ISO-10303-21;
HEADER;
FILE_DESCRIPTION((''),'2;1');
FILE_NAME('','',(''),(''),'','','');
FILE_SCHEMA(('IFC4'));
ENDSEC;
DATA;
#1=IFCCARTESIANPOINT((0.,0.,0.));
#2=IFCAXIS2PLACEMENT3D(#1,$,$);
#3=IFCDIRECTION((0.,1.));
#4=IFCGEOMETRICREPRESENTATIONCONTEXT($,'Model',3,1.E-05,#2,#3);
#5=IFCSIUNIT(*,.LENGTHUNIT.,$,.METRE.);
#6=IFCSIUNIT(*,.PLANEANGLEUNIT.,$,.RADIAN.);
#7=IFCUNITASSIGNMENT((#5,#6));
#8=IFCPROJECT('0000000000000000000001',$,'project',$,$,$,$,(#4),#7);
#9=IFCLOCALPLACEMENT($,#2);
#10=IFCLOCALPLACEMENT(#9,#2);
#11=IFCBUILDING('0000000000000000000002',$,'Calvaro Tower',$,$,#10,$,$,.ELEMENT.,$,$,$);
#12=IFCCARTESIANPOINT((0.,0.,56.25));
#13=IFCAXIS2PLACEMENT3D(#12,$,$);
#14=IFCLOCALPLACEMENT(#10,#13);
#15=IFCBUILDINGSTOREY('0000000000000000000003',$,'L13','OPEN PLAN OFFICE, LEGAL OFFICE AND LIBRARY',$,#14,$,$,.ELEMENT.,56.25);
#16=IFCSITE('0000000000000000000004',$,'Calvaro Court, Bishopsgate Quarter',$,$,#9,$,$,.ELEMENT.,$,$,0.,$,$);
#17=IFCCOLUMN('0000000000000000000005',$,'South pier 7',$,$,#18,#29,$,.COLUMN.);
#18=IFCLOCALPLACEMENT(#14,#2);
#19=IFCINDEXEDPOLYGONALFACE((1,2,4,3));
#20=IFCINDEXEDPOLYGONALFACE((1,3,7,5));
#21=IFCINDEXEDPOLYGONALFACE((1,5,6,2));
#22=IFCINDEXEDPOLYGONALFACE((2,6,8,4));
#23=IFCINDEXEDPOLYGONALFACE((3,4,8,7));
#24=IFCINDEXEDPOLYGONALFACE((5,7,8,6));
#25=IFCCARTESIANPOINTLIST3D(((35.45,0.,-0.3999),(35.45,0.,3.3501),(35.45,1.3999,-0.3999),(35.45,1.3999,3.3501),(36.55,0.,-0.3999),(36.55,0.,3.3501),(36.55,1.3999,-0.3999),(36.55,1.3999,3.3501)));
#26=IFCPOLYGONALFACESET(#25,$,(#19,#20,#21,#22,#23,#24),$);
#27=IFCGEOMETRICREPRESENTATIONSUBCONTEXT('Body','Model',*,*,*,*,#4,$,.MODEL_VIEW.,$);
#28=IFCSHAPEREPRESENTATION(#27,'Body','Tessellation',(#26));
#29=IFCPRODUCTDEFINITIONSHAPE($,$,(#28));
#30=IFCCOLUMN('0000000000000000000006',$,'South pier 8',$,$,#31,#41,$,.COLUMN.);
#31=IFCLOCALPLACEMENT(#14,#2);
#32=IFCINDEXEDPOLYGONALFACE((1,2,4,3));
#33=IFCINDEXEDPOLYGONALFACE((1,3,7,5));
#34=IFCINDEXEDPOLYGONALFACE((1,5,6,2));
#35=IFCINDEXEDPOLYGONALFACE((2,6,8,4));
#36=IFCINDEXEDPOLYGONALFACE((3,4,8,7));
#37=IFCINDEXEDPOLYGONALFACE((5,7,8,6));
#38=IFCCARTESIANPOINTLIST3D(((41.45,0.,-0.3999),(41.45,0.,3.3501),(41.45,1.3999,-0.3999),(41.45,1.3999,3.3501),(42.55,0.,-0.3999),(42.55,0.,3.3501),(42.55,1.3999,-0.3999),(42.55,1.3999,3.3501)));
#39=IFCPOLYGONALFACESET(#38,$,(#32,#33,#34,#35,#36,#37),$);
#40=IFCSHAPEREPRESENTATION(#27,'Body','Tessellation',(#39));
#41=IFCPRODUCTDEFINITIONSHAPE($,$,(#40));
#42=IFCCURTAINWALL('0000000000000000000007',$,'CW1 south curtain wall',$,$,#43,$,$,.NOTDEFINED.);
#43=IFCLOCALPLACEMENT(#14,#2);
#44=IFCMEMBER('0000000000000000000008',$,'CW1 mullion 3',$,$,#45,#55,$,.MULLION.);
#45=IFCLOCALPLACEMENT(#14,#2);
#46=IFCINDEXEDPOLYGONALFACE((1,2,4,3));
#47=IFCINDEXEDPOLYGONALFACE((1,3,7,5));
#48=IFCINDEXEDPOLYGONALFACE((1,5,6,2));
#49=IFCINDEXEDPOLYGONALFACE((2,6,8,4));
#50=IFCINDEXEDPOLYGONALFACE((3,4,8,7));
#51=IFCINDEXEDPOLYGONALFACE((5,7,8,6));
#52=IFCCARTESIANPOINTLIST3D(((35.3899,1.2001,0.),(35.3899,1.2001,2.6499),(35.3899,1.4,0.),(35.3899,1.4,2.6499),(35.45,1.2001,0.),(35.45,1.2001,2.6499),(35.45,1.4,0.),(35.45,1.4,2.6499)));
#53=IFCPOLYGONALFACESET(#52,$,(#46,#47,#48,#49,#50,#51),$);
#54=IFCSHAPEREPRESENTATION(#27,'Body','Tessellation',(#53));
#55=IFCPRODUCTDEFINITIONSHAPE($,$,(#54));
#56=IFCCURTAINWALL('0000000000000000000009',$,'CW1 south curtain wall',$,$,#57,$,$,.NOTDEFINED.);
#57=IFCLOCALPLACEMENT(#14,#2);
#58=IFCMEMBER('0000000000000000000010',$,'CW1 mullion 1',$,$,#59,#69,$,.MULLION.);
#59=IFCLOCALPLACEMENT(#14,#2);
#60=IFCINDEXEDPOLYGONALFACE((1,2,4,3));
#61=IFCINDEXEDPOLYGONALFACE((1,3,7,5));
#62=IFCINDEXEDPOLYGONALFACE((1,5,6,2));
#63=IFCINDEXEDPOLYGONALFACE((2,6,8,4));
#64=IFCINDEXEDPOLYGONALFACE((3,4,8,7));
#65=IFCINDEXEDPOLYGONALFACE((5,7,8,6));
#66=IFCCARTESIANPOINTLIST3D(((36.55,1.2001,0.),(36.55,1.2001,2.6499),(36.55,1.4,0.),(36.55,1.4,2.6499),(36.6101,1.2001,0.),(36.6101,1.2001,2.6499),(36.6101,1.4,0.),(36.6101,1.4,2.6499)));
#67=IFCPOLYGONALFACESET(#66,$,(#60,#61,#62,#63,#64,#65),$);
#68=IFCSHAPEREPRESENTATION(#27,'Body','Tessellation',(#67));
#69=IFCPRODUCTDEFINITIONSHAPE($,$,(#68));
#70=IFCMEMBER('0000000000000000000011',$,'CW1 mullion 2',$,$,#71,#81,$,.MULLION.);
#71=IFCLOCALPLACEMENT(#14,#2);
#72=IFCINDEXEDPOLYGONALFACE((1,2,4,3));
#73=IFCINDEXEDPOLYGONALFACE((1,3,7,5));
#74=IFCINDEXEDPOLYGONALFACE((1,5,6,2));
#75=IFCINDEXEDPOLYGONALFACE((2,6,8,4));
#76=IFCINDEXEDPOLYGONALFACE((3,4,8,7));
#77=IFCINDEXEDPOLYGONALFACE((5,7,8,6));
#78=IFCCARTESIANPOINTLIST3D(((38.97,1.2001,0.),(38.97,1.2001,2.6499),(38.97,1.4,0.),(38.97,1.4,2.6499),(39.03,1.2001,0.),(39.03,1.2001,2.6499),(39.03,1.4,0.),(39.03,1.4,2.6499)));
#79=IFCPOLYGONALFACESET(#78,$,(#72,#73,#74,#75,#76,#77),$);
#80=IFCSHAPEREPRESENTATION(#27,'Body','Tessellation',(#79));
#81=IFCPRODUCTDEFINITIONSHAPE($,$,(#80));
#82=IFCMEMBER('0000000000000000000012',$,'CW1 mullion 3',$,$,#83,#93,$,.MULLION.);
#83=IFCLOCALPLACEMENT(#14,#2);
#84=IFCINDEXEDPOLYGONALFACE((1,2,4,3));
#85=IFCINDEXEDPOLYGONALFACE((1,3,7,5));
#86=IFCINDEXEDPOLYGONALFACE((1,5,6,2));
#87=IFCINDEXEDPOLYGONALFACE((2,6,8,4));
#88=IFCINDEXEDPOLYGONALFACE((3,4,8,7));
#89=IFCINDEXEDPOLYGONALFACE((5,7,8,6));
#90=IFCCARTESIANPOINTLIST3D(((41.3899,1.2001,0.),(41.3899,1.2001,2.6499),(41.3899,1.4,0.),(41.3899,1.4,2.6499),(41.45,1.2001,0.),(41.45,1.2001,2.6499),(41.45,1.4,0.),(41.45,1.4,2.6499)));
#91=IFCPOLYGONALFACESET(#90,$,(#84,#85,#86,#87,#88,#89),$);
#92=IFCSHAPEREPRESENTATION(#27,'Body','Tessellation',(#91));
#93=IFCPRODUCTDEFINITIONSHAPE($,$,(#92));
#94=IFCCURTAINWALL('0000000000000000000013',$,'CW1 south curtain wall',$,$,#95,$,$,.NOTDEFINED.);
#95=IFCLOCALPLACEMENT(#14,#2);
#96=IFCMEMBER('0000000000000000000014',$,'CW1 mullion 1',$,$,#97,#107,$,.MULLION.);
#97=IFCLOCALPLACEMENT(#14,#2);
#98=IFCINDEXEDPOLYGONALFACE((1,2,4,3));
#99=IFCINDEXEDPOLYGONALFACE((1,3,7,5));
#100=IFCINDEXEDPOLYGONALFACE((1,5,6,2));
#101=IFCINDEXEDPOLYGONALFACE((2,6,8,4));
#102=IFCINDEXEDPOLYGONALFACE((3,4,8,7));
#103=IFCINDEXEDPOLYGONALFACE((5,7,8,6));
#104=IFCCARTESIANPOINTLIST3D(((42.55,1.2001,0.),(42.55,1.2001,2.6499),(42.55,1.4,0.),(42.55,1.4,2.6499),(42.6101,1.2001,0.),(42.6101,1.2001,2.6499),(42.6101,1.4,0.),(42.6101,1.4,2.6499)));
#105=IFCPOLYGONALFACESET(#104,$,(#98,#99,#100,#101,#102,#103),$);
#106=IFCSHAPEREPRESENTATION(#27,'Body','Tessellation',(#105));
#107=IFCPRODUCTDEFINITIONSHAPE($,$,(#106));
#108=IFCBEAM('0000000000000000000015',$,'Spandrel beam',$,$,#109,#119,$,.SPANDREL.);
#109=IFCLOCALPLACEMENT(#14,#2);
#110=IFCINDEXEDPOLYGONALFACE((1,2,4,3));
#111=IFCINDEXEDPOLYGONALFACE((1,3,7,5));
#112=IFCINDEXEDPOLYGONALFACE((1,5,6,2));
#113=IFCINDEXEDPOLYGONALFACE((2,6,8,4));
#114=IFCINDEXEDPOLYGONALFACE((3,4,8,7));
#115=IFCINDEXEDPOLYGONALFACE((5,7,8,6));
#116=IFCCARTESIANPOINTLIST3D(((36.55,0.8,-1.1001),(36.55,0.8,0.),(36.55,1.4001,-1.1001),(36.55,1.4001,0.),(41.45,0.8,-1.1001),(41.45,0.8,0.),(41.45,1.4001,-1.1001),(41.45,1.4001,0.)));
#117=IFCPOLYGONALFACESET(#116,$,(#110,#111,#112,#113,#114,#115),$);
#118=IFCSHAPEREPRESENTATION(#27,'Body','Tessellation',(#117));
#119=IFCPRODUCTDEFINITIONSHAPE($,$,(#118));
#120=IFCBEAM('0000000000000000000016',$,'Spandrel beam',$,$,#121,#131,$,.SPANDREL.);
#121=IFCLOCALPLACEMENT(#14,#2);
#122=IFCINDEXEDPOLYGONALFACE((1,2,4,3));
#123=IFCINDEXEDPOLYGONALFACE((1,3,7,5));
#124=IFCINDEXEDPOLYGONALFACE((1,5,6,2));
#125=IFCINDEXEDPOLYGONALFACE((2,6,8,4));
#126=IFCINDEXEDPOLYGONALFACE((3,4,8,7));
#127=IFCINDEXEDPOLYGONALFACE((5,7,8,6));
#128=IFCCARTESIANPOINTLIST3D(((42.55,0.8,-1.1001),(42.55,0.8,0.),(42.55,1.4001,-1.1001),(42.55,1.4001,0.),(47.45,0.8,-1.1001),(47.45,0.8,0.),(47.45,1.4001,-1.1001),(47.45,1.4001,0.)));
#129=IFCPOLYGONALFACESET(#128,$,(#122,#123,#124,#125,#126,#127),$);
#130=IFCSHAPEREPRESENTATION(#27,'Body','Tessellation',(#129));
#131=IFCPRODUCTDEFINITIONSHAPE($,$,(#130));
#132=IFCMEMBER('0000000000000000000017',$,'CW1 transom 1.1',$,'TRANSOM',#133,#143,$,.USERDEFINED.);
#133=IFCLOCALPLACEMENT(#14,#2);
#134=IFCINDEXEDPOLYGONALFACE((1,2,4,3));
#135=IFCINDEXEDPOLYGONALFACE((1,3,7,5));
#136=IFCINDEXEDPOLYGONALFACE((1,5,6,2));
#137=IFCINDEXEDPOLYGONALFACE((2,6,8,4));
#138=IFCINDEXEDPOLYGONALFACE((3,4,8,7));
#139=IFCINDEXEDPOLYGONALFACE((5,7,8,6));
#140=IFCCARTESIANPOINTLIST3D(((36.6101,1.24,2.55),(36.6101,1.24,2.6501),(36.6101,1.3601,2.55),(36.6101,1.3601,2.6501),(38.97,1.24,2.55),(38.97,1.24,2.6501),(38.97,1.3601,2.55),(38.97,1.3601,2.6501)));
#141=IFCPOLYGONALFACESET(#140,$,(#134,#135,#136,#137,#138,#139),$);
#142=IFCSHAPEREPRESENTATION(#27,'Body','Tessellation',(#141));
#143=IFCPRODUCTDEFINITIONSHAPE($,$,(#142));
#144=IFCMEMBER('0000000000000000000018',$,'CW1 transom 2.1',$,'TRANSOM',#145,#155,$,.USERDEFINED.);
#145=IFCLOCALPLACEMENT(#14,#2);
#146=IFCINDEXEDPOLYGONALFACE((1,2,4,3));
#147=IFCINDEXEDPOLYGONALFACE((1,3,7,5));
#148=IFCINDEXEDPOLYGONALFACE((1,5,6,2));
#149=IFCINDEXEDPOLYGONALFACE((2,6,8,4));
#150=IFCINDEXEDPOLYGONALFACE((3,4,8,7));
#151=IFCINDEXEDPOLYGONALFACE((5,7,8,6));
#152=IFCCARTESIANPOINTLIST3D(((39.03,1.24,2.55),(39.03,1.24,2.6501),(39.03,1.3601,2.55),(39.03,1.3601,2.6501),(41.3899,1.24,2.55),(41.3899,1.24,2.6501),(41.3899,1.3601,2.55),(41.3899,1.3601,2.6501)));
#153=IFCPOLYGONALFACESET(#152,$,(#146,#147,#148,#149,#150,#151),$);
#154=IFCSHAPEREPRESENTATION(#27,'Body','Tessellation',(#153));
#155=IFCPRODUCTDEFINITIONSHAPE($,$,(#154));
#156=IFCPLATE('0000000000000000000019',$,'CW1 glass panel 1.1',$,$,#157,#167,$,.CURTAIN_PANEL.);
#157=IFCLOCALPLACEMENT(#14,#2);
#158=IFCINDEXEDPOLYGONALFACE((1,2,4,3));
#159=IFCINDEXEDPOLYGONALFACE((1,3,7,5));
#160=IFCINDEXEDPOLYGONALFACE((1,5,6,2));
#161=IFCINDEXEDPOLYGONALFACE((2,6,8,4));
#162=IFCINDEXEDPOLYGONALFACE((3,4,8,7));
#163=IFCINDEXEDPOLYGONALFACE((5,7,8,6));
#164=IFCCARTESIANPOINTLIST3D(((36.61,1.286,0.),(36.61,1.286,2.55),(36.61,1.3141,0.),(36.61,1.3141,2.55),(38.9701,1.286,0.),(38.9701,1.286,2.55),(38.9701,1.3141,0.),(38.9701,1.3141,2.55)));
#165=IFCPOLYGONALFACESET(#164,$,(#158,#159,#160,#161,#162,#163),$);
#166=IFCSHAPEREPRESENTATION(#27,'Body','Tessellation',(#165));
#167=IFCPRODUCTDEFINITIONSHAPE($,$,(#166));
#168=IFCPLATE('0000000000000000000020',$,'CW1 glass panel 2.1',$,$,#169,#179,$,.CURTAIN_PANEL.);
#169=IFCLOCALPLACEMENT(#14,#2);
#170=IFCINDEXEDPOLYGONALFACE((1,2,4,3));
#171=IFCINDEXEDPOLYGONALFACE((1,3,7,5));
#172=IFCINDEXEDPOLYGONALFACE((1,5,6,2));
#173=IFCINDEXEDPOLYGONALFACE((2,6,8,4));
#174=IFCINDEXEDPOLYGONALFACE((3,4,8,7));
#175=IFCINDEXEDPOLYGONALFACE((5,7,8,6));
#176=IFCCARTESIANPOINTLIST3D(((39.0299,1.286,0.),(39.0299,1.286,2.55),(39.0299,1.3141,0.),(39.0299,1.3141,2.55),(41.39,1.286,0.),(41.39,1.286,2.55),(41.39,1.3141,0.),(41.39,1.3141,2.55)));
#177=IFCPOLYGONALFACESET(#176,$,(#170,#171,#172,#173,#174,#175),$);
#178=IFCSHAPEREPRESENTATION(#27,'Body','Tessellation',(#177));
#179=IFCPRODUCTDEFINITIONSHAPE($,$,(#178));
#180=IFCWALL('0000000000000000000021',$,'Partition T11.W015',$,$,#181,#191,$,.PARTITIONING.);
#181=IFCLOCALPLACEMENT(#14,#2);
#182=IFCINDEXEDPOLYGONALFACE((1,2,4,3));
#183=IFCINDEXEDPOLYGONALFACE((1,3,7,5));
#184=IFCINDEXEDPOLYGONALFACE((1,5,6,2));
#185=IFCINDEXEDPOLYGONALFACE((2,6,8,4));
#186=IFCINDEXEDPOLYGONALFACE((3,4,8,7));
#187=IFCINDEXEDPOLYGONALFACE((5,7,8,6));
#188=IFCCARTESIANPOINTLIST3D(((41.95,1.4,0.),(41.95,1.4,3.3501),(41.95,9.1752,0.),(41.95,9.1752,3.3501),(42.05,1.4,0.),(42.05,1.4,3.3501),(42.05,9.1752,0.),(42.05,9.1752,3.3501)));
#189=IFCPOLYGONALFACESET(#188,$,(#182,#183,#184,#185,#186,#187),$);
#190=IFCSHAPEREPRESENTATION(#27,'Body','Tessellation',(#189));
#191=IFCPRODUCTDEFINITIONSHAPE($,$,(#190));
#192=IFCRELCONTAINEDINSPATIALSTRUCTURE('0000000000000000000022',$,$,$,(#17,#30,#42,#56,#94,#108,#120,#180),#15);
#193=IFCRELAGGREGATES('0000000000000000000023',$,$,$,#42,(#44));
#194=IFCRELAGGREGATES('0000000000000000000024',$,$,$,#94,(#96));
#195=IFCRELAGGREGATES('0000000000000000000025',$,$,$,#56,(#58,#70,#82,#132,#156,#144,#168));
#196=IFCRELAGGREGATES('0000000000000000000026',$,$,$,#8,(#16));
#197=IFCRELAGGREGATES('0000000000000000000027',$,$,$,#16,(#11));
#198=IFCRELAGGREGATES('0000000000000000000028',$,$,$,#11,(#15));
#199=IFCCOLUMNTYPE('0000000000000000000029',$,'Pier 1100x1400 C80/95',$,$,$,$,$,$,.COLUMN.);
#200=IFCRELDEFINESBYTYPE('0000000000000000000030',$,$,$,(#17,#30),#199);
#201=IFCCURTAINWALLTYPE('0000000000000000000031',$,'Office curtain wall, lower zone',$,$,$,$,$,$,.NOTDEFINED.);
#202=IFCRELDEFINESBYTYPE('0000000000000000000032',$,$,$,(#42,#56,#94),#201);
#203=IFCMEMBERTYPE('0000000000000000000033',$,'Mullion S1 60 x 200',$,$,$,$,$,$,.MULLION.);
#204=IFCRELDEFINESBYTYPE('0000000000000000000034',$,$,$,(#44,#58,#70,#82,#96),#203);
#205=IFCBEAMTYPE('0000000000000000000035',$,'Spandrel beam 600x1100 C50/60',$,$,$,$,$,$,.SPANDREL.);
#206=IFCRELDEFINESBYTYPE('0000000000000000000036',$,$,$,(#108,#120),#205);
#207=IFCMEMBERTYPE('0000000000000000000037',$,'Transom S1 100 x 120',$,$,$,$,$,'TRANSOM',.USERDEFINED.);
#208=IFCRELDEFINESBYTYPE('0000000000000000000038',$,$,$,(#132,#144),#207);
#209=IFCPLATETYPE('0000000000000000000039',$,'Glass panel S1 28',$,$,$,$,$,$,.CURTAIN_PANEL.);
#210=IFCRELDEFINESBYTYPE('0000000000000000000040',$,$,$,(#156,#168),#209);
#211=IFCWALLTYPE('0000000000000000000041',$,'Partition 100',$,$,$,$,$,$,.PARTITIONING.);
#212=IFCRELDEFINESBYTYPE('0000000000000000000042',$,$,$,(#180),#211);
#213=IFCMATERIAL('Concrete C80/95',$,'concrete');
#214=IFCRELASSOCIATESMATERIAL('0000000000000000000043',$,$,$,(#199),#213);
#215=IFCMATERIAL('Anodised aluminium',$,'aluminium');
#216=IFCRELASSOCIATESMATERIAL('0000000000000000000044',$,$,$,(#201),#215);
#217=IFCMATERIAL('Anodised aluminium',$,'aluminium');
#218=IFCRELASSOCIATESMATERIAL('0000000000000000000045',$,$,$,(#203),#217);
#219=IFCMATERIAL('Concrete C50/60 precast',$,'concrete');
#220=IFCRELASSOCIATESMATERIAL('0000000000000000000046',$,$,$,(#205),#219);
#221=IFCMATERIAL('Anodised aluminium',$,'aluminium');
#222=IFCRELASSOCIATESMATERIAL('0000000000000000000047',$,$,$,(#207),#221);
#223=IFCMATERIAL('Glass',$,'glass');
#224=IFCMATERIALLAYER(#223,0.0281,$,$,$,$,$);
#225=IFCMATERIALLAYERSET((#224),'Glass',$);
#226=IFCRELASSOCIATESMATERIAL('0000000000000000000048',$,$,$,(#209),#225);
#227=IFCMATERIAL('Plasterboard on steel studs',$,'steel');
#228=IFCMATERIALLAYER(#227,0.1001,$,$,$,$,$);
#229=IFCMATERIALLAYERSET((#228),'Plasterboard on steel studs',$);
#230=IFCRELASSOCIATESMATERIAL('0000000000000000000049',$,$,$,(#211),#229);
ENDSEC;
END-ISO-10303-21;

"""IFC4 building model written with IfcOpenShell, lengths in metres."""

from ifc_helpers import new_model, si_unit, direction, frame, frame_2d, origin, origin_2d, place, context, subcontext, project, spatial, rectangle, extrude, material, layer, layer_set, material_profile, profile_set, type_object, element, aggregate, save


model = new_model("IFC4")

# Units and contexts
model_context = context("Model", 3, precision=1e-05, world=origin(), true_north=direction((0.0, 1.0)))
body_context = subcontext(model_context, "Body", "Model", "MODEL_VIEW")
ifc_project = project(units=[si_unit("LENGTHUNIT", "METRE"), si_unit("PLANEANGLEUNIT", "RADIAN")], contexts=[model_context])

# Site, building, storey
site_placement = place(None, origin())
site = spatial("IfcSite", under=ifc_project, at=site_placement, Name="Calvaro Court, Bishopsgate Quarter", CompositionType="ELEMENT", RefElevation=0.0)
building_placement = place(site_placement, origin())
building = spatial("IfcBuilding", under=site, at=building_placement, Name="Calvaro Tower", CompositionType="ELEMENT")
storey_placement = place(building_placement, frame((0.0, 0.0, 56.25)))
storey = spatial("IfcBuildingStorey", under=building, at=storey_placement, Name="L13", Description="OPEN PLAN OFFICE, LEGAL OFFICE AND LIBRARY", CompositionType="ELEMENT", Elevation=56.25)

# Columns
ifc_material_1 = material(Name="Concrete C80/95", Category="concrete")
ifc_material_profile_1 = material_profile(ifc_material_1, rectangle(XDim=1.1001, YDim=1.3999, at=origin_2d()), Name="RC 1100x1400")
ifc_profile_set_1 = profile_set([ifc_material_profile_1], Name="Concrete C80/95")
column_type = type_object("IfcColumnType", Name="Pier 1100x1400 C80/95", PredefinedType="COLUMN", material=ifc_profile_set_1)
for number, where, z_axis, x_axis, name in (
    (1, (36.0, 0.7, -0.3999), (0.0, 0.0, 1.0), (1.0, 0.0, 0.0), "South pier 7"),
    (2, (42.0, 0.7, -0.3999), (0.0, 0.0, 1.0), (1.0, 0.0, 0.0), "South pier 8"),
):
    element("IfcColumn", number, at=place(storey_placement, frame(where, z_axis=z_axis, x_axis=x_axis)), inside=storey, type_object=column_type, Name=name, PredefinedType="COLUMN", context=body_context, shape_type="SweptSolid", body=[
        extrude(rectangle(XDim=1.1001, YDim=1.3999, at=origin_2d()), origin(), (0.0, 0.0, 1.0), 3.75),
    ])

# Curtain wall, member
ifc_material_2 = material(Name="Anodised aluminium", Category="aluminium")
curtain_wall_type = type_object("IfcCurtainWallType", Name="Office curtain wall, lower zone", PredefinedType="NOTDEFINED", material=ifc_material_2)
curtain_wall_1_placement = place(storey_placement, origin())
curtain_wall_1 = element("IfcCurtainWall", 3, at=curtain_wall_1_placement, inside=storey, type_object=curtain_wall_type, Name="CW1 south curtain wall", PredefinedType="NOTDEFINED")
ifc_material_3 = material(Name="Anodised aluminium", Category="aluminium")
ifc_material_profile_2 = material_profile(ifc_material_3, rectangle(XDim=0.2, YDim=0.0601, at=origin_2d()), Name="Mullion S1 60 x 200")
ifc_profile_set_2 = profile_set([ifc_material_profile_2], Name="Anodised aluminium")
member_type_1 = type_object("IfcMemberType", Name="Mullion S1 60 x 200", PredefinedType="MULLION", material=ifc_profile_set_2)
member_1_placement = place(storey_placement, frame((35.4199, 1.3, 0.0), z_axis=(0.0, 0.0, 1.0), x_axis=(0.0, 1.0, 0.0)))
member_1 = element("IfcMember", 4, at=member_1_placement, type_object=member_type_1, Name="CW1 mullion 3", PredefinedType="MULLION", context=body_context, shape_type="SweptSolid", body=[
    extrude(rectangle(XDim=0.2, YDim=0.0601, at=origin_2d()), origin(), (0.0, 0.0, 1.0), 2.6499),
])
aggregate(curtain_wall_1, [member_1])

# Curtain wall, members
curtain_wall_2_placement = place(storey_placement, origin())
curtain_wall_2 = element("IfcCurtainWall", 5, at=curtain_wall_2_placement, inside=storey, type_object=curtain_wall_type, Name="CW1 south curtain wall", PredefinedType="NOTDEFINED")
member_2_placement = place(storey_placement, frame((36.5801, 1.3, 0.0), z_axis=(0.0, 0.0, 1.0), x_axis=(0.0, 1.0, 0.0)))
member_2 = element("IfcMember", 6, at=member_2_placement, type_object=member_type_1, Name="CW1 mullion 1", PredefinedType="MULLION", context=body_context, shape_type="SweptSolid", body=[
    extrude(rectangle(XDim=0.2, YDim=0.0601, at=origin_2d()), origin(), (0.0, 0.0, 1.0), 2.6499),
])
member_3_placement = place(storey_placement, frame((39.0, 1.3, 0.0), z_axis=(0.0, 0.0, 1.0), x_axis=(0.0, 1.0, 0.0)))
member_3 = element("IfcMember", 7, at=member_3_placement, type_object=member_type_1, Name="CW1 mullion 2", PredefinedType="MULLION", context=body_context, shape_type="SweptSolid", body=[
    extrude(rectangle(XDim=0.2, YDim=0.0601, at=origin_2d()), origin(), (0.0, 0.0, 1.0), 2.6499),
])
member_4_placement = place(storey_placement, frame((41.4199, 1.3, 0.0), z_axis=(0.0, 0.0, 1.0), x_axis=(0.0, 1.0, 0.0)))
member_4 = element("IfcMember", 8, at=member_4_placement, type_object=member_type_1, Name="CW1 mullion 3", PredefinedType="MULLION", context=body_context, shape_type="SweptSolid", body=[
    extrude(rectangle(XDim=0.2, YDim=0.0601, at=origin_2d()), origin(), (0.0, 0.0, 1.0), 2.6499),
])

# Curtain wall, member
curtain_wall_3_placement = place(storey_placement, origin())
curtain_wall_3 = element("IfcCurtainWall", 9, at=curtain_wall_3_placement, inside=storey, type_object=curtain_wall_type, Name="CW1 south curtain wall", PredefinedType="NOTDEFINED")
member_5_placement = place(storey_placement, frame((42.5801, 1.3, 0.0), z_axis=(0.0, 0.0, 1.0), x_axis=(0.0, 1.0, 0.0)))
member_5 = element("IfcMember", 10, at=member_5_placement, type_object=member_type_1, Name="CW1 mullion 1", PredefinedType="MULLION", context=body_context, shape_type="SweptSolid", body=[
    extrude(rectangle(XDim=0.2, YDim=0.0601, at=origin_2d()), origin(), (0.0, 0.0, 1.0), 2.6499),
])
aggregate(curtain_wall_3, [member_5])

# Beams
ifc_material_4 = material(Name="Concrete C50/60 precast", Category="concrete")
ifc_material_profile_3 = material_profile(ifc_material_4, rectangle(XDim=0.6001, YDim=1.1001, at=origin_2d()), Name="RC 600x1100")
ifc_profile_set_3 = profile_set([ifc_material_profile_3], Name="Concrete C50/60 precast")
beam_type = type_object("IfcBeamType", Name="Spandrel beam 600x1100 C50/60", PredefinedType="SPANDREL", material=ifc_profile_set_3)
for number, where, z_axis, x_axis, name in (
    (11, (36.55, 1.1001, -0.55), (1.0, 0.0, 0.0), (0.0, 1.0, 0.0), "Spandrel beam"),
    (12, (42.55, 1.1001, -0.55), (1.0, 0.0, 0.0), (0.0, 1.0, 0.0), "Spandrel beam"),
):
    element("IfcBeam", number, at=place(storey_placement, frame(where, z_axis=z_axis, x_axis=x_axis)), inside=storey, type_object=beam_type, Name=name, PredefinedType="SPANDREL", context=body_context, shape_type="SweptSolid", body=[
        extrude(rectangle(XDim=0.6001, YDim=1.1001, at=origin_2d()), origin(), (0.0, 0.0, 1.0), 4.8999),
    ])

# Members
ifc_material_5 = material(Name="Anodised aluminium", Category="aluminium")
ifc_material_profile_4 = material_profile(ifc_material_5, rectangle(XDim=0.1201, YDim=0.1001, at=origin_2d()), Name="Transom S1 100 x 120")
ifc_profile_set_4 = profile_set([ifc_material_profile_4], Name="Anodised aluminium")
member_type_2 = type_object("IfcMemberType", Name="Transom S1 100 x 120", ElementType="TRANSOM", PredefinedType="USERDEFINED", material=ifc_profile_set_4)
member_6_placement = place(storey_placement, frame((36.6101, 1.3, 2.6001), z_axis=(1.0, 0.0, 0.0), x_axis=(0.0, 1.0, 0.0)))
member_6 = element("IfcMember", 13, at=member_6_placement, type_object=member_type_2, Name="CW1 transom 1.1", ObjectType="TRANSOM", PredefinedType="USERDEFINED", context=body_context, shape_type="SweptSolid", body=[
    extrude(rectangle(XDim=0.1201, YDim=0.1001, at=origin_2d()), origin(), (0.0, 0.0, 1.0), 2.3599),
])
member_7_placement = place(storey_placement, frame((39.03, 1.3, 2.6001), z_axis=(1.0, 0.0, 0.0), x_axis=(0.0, 1.0, 0.0)))
member_7 = element("IfcMember", 14, at=member_7_placement, type_object=member_type_2, Name="CW1 transom 2.1", ObjectType="TRANSOM", PredefinedType="USERDEFINED", context=body_context, shape_type="SweptSolid", body=[
    extrude(rectangle(XDim=0.1201, YDim=0.1001, at=origin_2d()), origin(), (0.0, 0.0, 1.0), 2.3599),
])

# Plates
ifc_material_6 = material(Name="Glass", Category="glass")
ifc_layer_1 = layer(ifc_material_6, 0.0281)
ifc_layer_set_1 = layer_set([ifc_layer_1], Name="Glass")
plate_type = type_object("IfcPlateType", Name="Glass panel S1 28", PredefinedType="CURTAIN_PANEL", material=ifc_layer_set_1)
plate_1_placement = place(storey_placement, frame((37.79, 1.3, 0.0), z_axis=(0.0, 0.0, 1.0), x_axis=(1.0, 0.0, 0.0)))
plate_1 = element("IfcPlate", 15, at=plate_1_placement, type_object=plate_type, Name="CW1 glass panel 1.1", PredefinedType="CURTAIN_PANEL", context=body_context, shape_type="SweptSolid", body=[
    extrude(rectangle(XDim=2.3601, YDim=0.0281, at=origin_2d()), origin(), (0.0, 0.0, 1.0), 2.55),
])
plate_2_placement = place(storey_placement, frame((40.21, 1.3, 0.0), z_axis=(0.0, 0.0, 1.0), x_axis=(1.0, 0.0, 0.0)))
plate_2 = element("IfcPlate", 16, at=plate_2_placement, type_object=plate_type, Name="CW1 glass panel 2.1", PredefinedType="CURTAIN_PANEL", context=body_context, shape_type="SweptSolid", body=[
    extrude(rectangle(XDim=2.3601, YDim=0.0281, at=origin_2d()), origin(), (0.0, 0.0, 1.0), 2.55),
])
aggregate(curtain_wall_2, [member_2, member_3, member_4, member_6, plate_1, member_7, plate_2])

# Wall
ifc_material_7 = material(Name="Plasterboard on steel studs", Category="steel")
ifc_layer_2 = layer(ifc_material_7, 0.1001)
ifc_layer_set_2 = layer_set([ifc_layer_2], Name="Plasterboard on steel studs")
wall_type = type_object("IfcWallType", Name="Partition 100", PredefinedType="PARTITIONING", material=ifc_layer_set_2)
wall_placement = place(storey_placement, frame((42.0, 1.3999, 0.0), z_axis=(0.0, 0.0, 1.0), x_axis=(0.0, 1.0, 0.0)))
element("IfcWall", 17, at=wall_placement, inside=storey, type_object=wall_type, Name="Partition T11.W015", PredefinedType="PARTITIONING", context=body_context, shape_type="SweptSolid", body=[
    extrude(rectangle(XDim=7.7751, YDim=0.1001, at=frame_2d((3.8877, 0.0))), origin(), (0.0, 0.0, 1.0), 3.3501),
])

save(model, "model.ifc")
